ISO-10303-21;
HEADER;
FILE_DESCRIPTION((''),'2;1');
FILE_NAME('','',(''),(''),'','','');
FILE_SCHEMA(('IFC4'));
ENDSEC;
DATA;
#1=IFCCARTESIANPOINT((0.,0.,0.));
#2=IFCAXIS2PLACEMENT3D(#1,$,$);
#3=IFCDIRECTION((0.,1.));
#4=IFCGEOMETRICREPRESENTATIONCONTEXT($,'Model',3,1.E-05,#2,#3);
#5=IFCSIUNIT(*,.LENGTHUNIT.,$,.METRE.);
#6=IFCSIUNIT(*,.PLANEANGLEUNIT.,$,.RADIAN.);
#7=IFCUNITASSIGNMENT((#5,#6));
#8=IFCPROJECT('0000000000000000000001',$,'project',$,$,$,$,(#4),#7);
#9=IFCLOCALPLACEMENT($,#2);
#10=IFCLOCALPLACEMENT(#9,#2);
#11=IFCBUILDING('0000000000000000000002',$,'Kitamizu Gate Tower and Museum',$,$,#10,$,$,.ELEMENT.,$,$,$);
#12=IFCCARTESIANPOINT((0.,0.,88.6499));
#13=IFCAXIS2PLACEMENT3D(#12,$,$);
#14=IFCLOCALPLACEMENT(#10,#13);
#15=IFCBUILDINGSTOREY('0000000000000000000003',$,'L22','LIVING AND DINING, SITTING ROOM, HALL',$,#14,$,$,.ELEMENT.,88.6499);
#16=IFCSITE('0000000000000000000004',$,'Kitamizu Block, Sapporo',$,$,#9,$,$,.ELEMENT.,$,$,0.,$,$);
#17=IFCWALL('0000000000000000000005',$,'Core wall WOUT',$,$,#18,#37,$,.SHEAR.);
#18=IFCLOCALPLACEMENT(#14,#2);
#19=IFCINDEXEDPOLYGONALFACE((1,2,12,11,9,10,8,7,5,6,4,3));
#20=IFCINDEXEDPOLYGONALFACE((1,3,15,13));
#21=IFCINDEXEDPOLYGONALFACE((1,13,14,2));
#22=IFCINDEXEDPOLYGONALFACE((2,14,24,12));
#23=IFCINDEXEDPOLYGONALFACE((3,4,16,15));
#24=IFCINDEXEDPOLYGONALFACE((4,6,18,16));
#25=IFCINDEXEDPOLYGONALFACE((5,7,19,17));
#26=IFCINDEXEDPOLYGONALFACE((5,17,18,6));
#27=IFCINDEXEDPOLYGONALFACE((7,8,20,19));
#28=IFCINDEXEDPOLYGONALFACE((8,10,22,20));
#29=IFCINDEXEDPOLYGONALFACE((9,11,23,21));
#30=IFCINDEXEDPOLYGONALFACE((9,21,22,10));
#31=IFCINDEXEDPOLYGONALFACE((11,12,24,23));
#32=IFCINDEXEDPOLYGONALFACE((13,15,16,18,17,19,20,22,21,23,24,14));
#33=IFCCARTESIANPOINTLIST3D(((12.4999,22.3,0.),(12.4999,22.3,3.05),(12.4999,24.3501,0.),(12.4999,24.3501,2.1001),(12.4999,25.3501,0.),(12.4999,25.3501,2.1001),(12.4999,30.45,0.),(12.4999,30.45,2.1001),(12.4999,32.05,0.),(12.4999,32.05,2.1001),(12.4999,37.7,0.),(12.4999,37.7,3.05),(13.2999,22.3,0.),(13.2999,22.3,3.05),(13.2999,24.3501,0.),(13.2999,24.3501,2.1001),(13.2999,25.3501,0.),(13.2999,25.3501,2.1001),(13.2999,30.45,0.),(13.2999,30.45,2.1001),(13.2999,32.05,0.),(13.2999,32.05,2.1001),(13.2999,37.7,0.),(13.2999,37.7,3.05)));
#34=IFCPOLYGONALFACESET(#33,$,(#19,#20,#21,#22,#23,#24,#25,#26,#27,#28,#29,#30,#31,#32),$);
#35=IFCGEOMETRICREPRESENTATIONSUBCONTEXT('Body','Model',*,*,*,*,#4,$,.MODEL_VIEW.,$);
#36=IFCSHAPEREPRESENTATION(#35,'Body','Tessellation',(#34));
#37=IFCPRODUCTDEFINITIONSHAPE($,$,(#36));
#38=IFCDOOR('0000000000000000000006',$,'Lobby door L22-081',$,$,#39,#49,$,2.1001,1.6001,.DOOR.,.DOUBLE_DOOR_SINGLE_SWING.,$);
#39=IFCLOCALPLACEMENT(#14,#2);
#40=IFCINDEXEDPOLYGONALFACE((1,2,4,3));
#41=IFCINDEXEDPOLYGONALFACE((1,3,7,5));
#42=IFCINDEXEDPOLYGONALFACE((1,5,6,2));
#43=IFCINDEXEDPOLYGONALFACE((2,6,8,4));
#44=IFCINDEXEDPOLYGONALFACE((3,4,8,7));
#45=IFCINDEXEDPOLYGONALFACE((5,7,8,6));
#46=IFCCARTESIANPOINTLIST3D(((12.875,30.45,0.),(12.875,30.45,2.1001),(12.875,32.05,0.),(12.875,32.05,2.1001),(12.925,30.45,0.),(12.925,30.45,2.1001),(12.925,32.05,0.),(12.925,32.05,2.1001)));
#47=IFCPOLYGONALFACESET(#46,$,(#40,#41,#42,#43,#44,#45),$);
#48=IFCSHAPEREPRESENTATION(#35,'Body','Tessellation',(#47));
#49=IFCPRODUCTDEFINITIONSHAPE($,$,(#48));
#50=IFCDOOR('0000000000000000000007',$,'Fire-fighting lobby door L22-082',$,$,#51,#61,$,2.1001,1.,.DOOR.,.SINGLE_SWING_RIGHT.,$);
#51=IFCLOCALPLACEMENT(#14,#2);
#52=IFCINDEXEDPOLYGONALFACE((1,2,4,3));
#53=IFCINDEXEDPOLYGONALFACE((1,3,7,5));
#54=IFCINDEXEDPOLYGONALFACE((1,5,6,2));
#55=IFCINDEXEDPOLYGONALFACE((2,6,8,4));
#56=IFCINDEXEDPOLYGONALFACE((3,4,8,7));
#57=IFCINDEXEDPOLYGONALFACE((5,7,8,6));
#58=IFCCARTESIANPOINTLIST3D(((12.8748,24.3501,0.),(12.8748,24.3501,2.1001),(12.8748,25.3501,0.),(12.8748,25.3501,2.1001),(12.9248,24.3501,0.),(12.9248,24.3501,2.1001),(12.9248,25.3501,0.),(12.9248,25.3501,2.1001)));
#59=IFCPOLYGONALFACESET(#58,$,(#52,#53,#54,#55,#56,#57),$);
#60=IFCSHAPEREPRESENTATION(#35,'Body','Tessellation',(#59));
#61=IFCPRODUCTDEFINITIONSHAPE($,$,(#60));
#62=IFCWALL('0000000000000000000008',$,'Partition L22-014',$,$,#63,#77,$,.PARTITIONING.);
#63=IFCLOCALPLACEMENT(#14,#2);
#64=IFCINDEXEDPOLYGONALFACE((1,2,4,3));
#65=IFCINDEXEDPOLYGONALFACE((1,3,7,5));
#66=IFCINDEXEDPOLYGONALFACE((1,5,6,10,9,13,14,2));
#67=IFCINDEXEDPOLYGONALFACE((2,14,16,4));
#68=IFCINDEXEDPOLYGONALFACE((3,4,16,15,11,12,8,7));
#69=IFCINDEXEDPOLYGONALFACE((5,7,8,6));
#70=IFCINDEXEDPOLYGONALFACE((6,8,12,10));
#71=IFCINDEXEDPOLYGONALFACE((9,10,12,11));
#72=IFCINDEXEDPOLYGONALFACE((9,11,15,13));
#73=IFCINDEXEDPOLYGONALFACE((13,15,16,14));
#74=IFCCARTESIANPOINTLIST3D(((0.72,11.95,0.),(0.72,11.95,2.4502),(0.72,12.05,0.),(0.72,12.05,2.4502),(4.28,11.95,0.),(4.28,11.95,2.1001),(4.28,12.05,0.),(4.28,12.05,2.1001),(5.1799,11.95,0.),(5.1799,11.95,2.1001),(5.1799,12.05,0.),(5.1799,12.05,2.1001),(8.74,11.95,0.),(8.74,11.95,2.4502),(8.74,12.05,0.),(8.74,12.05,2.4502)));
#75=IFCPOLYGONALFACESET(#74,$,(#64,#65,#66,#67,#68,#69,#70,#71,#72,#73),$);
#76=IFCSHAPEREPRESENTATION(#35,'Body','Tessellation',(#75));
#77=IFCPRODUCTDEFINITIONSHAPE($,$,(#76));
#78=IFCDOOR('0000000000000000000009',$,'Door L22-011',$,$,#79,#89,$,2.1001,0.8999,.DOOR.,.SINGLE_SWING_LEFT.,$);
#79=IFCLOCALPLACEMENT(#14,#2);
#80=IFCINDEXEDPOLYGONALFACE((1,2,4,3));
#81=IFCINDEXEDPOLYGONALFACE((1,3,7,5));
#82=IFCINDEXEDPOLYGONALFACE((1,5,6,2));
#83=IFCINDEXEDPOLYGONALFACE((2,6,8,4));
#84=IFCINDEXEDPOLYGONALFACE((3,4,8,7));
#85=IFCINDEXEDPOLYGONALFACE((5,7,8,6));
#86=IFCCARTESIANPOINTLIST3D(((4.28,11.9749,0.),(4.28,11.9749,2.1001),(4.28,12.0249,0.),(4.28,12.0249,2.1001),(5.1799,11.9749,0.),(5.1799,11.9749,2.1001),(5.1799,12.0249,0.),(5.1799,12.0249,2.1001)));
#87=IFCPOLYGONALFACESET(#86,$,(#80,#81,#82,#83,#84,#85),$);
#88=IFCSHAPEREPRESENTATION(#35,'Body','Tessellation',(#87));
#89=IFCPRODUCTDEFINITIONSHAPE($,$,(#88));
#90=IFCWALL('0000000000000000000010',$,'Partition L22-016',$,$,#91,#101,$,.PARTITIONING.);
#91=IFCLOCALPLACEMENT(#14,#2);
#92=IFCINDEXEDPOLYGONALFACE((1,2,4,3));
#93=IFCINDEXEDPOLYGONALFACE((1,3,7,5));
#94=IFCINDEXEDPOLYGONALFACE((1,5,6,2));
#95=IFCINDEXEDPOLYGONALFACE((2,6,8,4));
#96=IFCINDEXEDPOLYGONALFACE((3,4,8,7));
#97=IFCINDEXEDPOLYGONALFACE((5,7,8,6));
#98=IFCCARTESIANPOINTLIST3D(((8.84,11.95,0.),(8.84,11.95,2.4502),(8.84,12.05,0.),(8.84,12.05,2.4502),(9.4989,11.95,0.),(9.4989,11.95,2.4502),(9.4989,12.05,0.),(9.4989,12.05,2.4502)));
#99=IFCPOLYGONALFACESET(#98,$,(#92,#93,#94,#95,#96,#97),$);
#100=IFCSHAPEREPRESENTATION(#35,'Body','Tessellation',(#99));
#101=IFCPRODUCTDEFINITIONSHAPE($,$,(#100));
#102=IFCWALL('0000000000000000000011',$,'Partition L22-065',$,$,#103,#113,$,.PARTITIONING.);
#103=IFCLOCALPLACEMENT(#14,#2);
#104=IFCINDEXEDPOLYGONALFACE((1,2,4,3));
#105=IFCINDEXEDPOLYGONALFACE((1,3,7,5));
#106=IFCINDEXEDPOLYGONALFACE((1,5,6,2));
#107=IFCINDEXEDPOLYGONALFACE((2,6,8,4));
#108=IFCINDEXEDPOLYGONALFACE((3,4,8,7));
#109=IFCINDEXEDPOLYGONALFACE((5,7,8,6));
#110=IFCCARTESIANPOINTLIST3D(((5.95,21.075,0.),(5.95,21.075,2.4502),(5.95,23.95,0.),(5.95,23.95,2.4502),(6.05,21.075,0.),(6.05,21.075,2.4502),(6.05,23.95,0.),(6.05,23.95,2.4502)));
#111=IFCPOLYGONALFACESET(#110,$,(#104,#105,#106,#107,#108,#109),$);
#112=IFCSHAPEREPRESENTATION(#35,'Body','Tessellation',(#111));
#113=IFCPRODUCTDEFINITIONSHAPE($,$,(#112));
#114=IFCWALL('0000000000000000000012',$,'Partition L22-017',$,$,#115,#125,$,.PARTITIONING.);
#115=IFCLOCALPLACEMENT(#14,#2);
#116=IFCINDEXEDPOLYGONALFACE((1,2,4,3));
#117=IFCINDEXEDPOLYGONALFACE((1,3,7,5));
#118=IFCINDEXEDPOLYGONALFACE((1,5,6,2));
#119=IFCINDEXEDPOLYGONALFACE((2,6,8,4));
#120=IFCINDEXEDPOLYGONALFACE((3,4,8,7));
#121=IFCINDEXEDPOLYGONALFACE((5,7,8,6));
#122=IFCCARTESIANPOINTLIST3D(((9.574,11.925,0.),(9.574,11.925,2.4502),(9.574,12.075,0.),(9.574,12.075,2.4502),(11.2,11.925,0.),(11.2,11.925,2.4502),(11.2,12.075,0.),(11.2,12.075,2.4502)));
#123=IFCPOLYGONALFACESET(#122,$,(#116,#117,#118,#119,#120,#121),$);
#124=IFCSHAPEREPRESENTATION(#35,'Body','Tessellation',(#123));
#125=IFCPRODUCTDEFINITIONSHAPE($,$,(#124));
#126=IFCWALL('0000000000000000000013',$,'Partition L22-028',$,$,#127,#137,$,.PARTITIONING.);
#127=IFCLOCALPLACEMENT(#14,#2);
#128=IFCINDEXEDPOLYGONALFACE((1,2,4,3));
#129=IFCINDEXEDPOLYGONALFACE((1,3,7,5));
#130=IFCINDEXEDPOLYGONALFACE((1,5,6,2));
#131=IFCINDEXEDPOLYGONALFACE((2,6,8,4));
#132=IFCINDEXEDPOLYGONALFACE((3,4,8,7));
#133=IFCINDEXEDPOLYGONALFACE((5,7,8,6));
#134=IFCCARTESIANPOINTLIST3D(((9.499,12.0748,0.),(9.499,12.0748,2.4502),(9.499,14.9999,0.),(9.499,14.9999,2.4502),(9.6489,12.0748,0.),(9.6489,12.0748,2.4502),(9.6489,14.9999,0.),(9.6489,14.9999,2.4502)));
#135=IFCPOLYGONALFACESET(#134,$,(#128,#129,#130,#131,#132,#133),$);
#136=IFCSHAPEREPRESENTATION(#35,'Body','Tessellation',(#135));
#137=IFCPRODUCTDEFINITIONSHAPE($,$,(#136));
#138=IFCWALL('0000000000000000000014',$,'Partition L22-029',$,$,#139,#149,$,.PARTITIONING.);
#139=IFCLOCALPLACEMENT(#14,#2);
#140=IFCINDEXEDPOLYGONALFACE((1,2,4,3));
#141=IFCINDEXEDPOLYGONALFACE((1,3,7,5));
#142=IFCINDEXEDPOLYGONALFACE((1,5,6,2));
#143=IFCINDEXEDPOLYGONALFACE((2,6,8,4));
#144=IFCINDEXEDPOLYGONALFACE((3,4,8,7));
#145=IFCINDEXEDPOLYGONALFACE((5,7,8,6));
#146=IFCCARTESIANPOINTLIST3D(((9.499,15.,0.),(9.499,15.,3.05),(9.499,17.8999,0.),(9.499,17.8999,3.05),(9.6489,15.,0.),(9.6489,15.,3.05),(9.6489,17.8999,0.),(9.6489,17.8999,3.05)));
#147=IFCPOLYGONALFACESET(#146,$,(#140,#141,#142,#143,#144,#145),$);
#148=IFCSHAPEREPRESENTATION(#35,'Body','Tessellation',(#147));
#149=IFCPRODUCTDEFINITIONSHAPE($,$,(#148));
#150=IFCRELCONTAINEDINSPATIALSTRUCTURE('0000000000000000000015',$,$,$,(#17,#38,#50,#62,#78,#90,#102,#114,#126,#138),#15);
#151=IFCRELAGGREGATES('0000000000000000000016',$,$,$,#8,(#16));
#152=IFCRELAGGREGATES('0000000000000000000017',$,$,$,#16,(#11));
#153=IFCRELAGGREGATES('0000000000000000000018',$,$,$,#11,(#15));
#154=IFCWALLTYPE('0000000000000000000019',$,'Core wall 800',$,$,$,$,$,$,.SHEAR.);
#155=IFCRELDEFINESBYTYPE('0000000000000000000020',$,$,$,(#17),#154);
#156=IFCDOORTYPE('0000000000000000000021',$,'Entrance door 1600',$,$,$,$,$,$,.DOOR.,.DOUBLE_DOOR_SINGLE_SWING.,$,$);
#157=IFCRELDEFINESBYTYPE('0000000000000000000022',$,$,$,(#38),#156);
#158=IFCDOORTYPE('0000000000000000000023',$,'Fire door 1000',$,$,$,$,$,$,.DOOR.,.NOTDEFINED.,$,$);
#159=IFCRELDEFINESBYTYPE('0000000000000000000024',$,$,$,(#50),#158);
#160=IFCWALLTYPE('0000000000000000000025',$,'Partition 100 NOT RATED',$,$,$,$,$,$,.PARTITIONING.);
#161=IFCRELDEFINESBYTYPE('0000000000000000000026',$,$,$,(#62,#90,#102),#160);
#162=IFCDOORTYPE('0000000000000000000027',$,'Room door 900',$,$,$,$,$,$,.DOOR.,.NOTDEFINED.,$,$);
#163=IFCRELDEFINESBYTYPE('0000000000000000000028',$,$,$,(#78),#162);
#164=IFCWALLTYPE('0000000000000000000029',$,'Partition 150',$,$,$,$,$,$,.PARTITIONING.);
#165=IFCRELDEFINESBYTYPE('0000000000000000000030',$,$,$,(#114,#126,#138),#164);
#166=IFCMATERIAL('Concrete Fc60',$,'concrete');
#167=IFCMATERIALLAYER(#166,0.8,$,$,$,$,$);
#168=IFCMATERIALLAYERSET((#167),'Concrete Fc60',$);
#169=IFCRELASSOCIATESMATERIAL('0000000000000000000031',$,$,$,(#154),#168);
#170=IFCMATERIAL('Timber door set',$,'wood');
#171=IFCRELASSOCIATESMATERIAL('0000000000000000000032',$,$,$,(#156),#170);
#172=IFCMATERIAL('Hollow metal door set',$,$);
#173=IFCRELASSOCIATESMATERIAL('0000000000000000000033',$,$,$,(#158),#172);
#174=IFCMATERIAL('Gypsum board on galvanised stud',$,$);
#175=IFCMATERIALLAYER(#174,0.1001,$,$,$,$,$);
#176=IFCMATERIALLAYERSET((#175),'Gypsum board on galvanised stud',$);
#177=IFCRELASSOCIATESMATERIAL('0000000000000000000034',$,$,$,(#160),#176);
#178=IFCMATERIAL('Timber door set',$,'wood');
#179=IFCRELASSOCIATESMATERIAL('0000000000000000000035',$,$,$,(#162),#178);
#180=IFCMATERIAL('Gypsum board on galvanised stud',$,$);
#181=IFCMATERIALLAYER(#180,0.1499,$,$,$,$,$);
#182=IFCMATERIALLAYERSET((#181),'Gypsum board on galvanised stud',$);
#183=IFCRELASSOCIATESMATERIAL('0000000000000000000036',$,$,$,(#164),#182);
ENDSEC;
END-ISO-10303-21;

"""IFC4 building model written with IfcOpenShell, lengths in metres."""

from ifc_helpers import new_model, si_unit, direction, frame, frame_2d, origin, place, context, subcontext, project, spatial, rectangle, extrude, material, layer, layer_set, type_object, element, fill, save


model = new_model("IFC4")

# Units and contexts
model_context = context("Model", 3, precision=1e-05, world=origin(), true_north=direction((0.0, 1.0)))
body_context = subcontext(model_context, "Body", "Model", "MODEL_VIEW")
ifc_project = project(units=[si_unit("LENGTHUNIT", "METRE"), si_unit("PLANEANGLEUNIT", "RADIAN")], contexts=[model_context])

# Site, building, storey
site_placement = place(None, origin())
site = spatial("IfcSite", under=ifc_project, at=site_placement, Name="Kitamizu Block, Sapporo", CompositionType="ELEMENT", RefElevation=0.0)
building_placement = place(site_placement, origin())
building = spatial("IfcBuilding", under=site, at=building_placement, Name="Kitamizu Gate Tower and Museum", CompositionType="ELEMENT")
storey_placement = place(building_placement, frame((0.0, 0.0, 88.6499)))
storey = spatial("IfcBuildingStorey", under=building, at=storey_placement, Name="L22", Description="LIVING AND DINING, SITTING ROOM, HALL", CompositionType="ELEMENT", Elevation=88.6499)

# Shared definitions
ifc_material_1 = material(Name="Concrete Fc60", Category="concrete")
ifc_layer_1 = layer(ifc_material_1, 0.8)
ifc_layer_set_1 = layer_set([ifc_layer_1], Name="Concrete Fc60")
wall_type_1 = type_object("IfcWallType", Name="Core wall 800", PredefinedType="SHEAR", material=ifc_layer_set_1)

# Wall, openings, doors
wall_1_placement = place(storey_placement, frame((12.8999, 22.3, 0.0), z_axis=(0.0, 0.0, 1.0), x_axis=(0.0, 1.0, 0.0)))
wall_1 = element("IfcWall", 1, at=wall_1_placement, inside=storey, type_object=wall_type_1, Name="Core wall WOUT", PredefinedType="SHEAR", context=body_context, shape_type="SweptSolid", body=[
    extrude(rectangle(XDim=15.3999, YDim=0.8, at=frame_2d((7.7, 0.0))), origin(), (0.0, 0.0, 1.0), 3.05),
])
opening_1_placement = place(wall_1_placement, frame((8.1499, 0.0, 0.0)))
opening_1 = element("IfcOpeningElement", 2, at=opening_1_placement, cuts=wall_1, PredefinedType="OPENING", context=body_context, shape_type="SweptSolid", body=[
    extrude(rectangle(XDim=1.6001, YDim=2.1001, at=frame_2d((0.8, 1.05))), frame((0.0, 0.4102, 0.0), z_axis=(0.0, -1.0, 0.0), x_axis=(1.0, 0.0, 0.0)), (0.0, 0.0, 1.0), 0.8201),
])
opening_2_placement = place(wall_1_placement, frame((2.05, 0.0, 0.0)))
opening_2 = element("IfcOpeningElement", 3, at=opening_2_placement, cuts=wall_1, PredefinedType="OPENING", context=body_context, shape_type="SweptSolid", body=[
    extrude(rectangle(XDim=1.0, YDim=2.1001, at=frame_2d((0.5, 1.05))), frame((0.0, 0.4102, 0.0), z_axis=(0.0, -1.0, 0.0), x_axis=(1.0, 0.0, 0.0)), (0.0, 0.0, 1.0), 0.8201),
])
ifc_material_2 = material(Name="Timber door set", Category="wood")
door_type_1 = type_object("IfcDoorType", Name="Entrance door 1600", OperationType="DOUBLE_DOOR_SINGLE_SWING", PredefinedType="DOOR", material=ifc_material_2)
door_1_placement = place(opening_1_placement, origin())
door_1 = element("IfcDoor", 4, at=door_1_placement, inside=storey, type_object=door_type_1, Name="Lobby door L22-081", OperationType="DOUBLE_DOOR_SINGLE_SWING", OverallHeight=2.1001, OverallWidth=1.6001, PredefinedType="DOOR", context=body_context, shape_type="SweptSolid", body=[
    extrude(rectangle(XDim=1.6001, YDim=2.1001, at=frame_2d((0.8, 1.05))), frame((0.0, 0.0249, 0.0), z_axis=(0.0, -1.0, 0.0), x_axis=(1.0, 0.0, 0.0)), (0.0, 0.0, 1.0), 0.05),
])
fill(opening_1, door_1)
ifc_material_3 = material(Name="Hollow metal door set")
door_type_2 = type_object("IfcDoorType", Name="Fire door 1000", OperationType="NOTDEFINED", PredefinedType="DOOR", material=ifc_material_3)
door_2_placement = place(opening_2_placement, frame((1.0, 0.0, 0.0), x_axis=(-1.0, 0.0, 0.0)))
door_2 = element("IfcDoor", 5, at=door_2_placement, inside=storey, type_object=door_type_2, Name="Fire-fighting lobby door L22-082", OperationType="SINGLE_SWING_RIGHT", OverallHeight=2.1001, OverallWidth=1.0, PredefinedType="DOOR", context=body_context, shape_type="SweptSolid", body=[
    extrude(rectangle(XDim=1.0, YDim=2.1001, at=frame_2d((0.5, 1.05))), frame((0.0, 0.0249, 0.0), z_axis=(0.0, -1.0, 0.0), x_axis=(1.0, 0.0, 0.0)), (0.0, 0.0, 1.0), 0.05),
])
fill(opening_2, door_2)

# Wall, opening, door
ifc_material_4 = material(Name="Gypsum board on galvanised stud")
ifc_layer_2 = layer(ifc_material_4, 0.1001)
ifc_layer_set_2 = layer_set([ifc_layer_2], Name="Gypsum board on galvanised stud")
wall_type_2 = type_object("IfcWallType", Name="Partition 100 NOT RATED", PredefinedType="PARTITIONING", material=ifc_layer_set_2)
wall_2_placement = place(storey_placement, frame((8.74, 12.0, 0.0), z_axis=(0.0, 0.0, 1.0), x_axis=(-1.0, 0.0, 0.0)))
wall_2 = element("IfcWall", 6, at=wall_2_placement, inside=storey, type_object=wall_type_2, Name="Partition L22-014", PredefinedType="PARTITIONING", context=body_context, shape_type="SweptSolid", body=[
    extrude(rectangle(XDim=8.02, YDim=0.1001, at=frame_2d((4.01, 0.0))), origin(), (0.0, 0.0, 1.0), 2.4502),
])
opening_3_placement = place(wall_2_placement, frame((3.5601, 0.0, 0.0)))
opening_3 = element("IfcOpeningElement", 7, at=opening_3_placement, cuts=wall_2, PredefinedType="OPENING", context=body_context, shape_type="SweptSolid", body=[
    extrude(rectangle(XDim=0.8999, YDim=2.1001, at=frame_2d((0.45, 1.05))), frame((0.0, 0.0601, 0.0), z_axis=(0.0, -1.0, 0.0), x_axis=(1.0, 0.0, 0.0)), (0.0, 0.0, 1.0), 0.1201),
])
ifc_material_5 = material(Name="Timber door set", Category="wood")
door_type_3 = type_object("IfcDoorType", Name="Room door 900", OperationType="NOTDEFINED", PredefinedType="DOOR", material=ifc_material_5)
door_3_placement = place(opening_3_placement, frame((0.8999, 0.0, 0.0), x_axis=(-1.0, 0.0, 0.0)))
door_3 = element("IfcDoor", 8, at=door_3_placement, inside=storey, type_object=door_type_3, Name="Door L22-011", OperationType="SINGLE_SWING_LEFT", OverallHeight=2.1001, OverallWidth=0.8999, PredefinedType="DOOR", context=body_context, shape_type="SweptSolid", body=[
    extrude(rectangle(XDim=0.8999, YDim=2.1001, at=frame_2d((0.45, 1.05))), frame((0.0, 0.0249, 0.0), z_axis=(0.0, -1.0, 0.0), x_axis=(1.0, 0.0, 0.0)), (0.0, 0.0, 1.0), 0.05),
])
fill(opening_3, door_3)

# Walls
wall_3_placement = place(storey_placement, frame((9.499, 12.0, 0.0), z_axis=(0.0, 0.0, 1.0), x_axis=(-1.0, 0.0, 0.0)))
element("IfcWall", 9, at=wall_3_placement, inside=storey, type_object=wall_type_2, Name="Partition L22-016", PredefinedType="PARTITIONING", context=body_context, shape_type="SweptSolid", body=[
    extrude(rectangle(XDim=0.6589, YDim=0.1001, at=frame_2d((0.3296, 0.0))), origin(), (0.0, 0.0, 1.0), 2.4502),
])
wall_4_placement = place(storey_placement, frame((6.0, 21.075, 0.0), z_axis=(0.0, 0.0, 1.0), x_axis=(0.0, 1.0, 0.0)))
element("IfcWall", 10, at=wall_4_placement, inside=storey, type_object=wall_type_2, Name="Partition L22-065", PredefinedType="PARTITIONING", context=body_context, shape_type="SweptSolid", body=[
    extrude(rectangle(XDim=2.875, YDim=0.1001, at=frame_2d((1.4375, 0.0))), origin(), (0.0, 0.0, 1.0), 2.4502),
])
ifc_material_6 = material(Name="Gypsum board on galvanised stud")
ifc_layer_3 = layer(ifc_material_6, 0.1499)
ifc_layer_set_3 = layer_set([ifc_layer_3], Name="Gypsum board on galvanised stud")
wall_type_3 = type_object("IfcWallType", Name="Partition 150", PredefinedType="PARTITIONING", material=ifc_layer_set_3)
wall_5_placement = place(storey_placement, frame((11.2, 12.0, 0.0), z_axis=(0.0, 0.0, 1.0), x_axis=(-1.0, 0.0, 0.0)))
element("IfcWall", 11, at=wall_5_placement, inside=storey, type_object=wall_type_3, Name="Partition L22-017", PredefinedType="PARTITIONING", context=body_context, shape_type="SweptSolid", body=[
    extrude(rectangle(XDim=1.626, YDim=0.1499, at=frame_2d((0.813, 0.0))), origin(), (0.0, 0.0, 1.0), 2.4502),
])
wall_6_placement = place(storey_placement, frame((9.574, 12.075, 0.0), z_axis=(0.0, 0.0, 1.0), x_axis=(0.0, 1.0, 0.0)))
element("IfcWall", 12, at=wall_6_placement, inside=storey, type_object=wall_type_3, Name="Partition L22-028", PredefinedType="PARTITIONING", context=body_context, shape_type="SweptSolid", body=[
    extrude(rectangle(XDim=2.925, YDim=0.1499, at=frame_2d((1.4624, 0.0))), origin(), (0.0, 0.0, 1.0), 2.4502),
])
wall_7_placement = place(storey_placement, frame((9.574, 15.0, 0.0), z_axis=(0.0, 0.0, 1.0), x_axis=(0.0, 1.0, 0.0)))
element("IfcWall", 13, at=wall_7_placement, inside=storey, type_object=wall_type_3, Name="Partition L22-029", PredefinedType="PARTITIONING", context=body_context, shape_type="SweptSolid", body=[
    extrude(rectangle(XDim=2.8999, YDim=0.1499, at=frame_2d((1.45, 0.0))), origin(), (0.0, 0.0, 1.0), 3.05),
])

save(model, "model.ifc")
